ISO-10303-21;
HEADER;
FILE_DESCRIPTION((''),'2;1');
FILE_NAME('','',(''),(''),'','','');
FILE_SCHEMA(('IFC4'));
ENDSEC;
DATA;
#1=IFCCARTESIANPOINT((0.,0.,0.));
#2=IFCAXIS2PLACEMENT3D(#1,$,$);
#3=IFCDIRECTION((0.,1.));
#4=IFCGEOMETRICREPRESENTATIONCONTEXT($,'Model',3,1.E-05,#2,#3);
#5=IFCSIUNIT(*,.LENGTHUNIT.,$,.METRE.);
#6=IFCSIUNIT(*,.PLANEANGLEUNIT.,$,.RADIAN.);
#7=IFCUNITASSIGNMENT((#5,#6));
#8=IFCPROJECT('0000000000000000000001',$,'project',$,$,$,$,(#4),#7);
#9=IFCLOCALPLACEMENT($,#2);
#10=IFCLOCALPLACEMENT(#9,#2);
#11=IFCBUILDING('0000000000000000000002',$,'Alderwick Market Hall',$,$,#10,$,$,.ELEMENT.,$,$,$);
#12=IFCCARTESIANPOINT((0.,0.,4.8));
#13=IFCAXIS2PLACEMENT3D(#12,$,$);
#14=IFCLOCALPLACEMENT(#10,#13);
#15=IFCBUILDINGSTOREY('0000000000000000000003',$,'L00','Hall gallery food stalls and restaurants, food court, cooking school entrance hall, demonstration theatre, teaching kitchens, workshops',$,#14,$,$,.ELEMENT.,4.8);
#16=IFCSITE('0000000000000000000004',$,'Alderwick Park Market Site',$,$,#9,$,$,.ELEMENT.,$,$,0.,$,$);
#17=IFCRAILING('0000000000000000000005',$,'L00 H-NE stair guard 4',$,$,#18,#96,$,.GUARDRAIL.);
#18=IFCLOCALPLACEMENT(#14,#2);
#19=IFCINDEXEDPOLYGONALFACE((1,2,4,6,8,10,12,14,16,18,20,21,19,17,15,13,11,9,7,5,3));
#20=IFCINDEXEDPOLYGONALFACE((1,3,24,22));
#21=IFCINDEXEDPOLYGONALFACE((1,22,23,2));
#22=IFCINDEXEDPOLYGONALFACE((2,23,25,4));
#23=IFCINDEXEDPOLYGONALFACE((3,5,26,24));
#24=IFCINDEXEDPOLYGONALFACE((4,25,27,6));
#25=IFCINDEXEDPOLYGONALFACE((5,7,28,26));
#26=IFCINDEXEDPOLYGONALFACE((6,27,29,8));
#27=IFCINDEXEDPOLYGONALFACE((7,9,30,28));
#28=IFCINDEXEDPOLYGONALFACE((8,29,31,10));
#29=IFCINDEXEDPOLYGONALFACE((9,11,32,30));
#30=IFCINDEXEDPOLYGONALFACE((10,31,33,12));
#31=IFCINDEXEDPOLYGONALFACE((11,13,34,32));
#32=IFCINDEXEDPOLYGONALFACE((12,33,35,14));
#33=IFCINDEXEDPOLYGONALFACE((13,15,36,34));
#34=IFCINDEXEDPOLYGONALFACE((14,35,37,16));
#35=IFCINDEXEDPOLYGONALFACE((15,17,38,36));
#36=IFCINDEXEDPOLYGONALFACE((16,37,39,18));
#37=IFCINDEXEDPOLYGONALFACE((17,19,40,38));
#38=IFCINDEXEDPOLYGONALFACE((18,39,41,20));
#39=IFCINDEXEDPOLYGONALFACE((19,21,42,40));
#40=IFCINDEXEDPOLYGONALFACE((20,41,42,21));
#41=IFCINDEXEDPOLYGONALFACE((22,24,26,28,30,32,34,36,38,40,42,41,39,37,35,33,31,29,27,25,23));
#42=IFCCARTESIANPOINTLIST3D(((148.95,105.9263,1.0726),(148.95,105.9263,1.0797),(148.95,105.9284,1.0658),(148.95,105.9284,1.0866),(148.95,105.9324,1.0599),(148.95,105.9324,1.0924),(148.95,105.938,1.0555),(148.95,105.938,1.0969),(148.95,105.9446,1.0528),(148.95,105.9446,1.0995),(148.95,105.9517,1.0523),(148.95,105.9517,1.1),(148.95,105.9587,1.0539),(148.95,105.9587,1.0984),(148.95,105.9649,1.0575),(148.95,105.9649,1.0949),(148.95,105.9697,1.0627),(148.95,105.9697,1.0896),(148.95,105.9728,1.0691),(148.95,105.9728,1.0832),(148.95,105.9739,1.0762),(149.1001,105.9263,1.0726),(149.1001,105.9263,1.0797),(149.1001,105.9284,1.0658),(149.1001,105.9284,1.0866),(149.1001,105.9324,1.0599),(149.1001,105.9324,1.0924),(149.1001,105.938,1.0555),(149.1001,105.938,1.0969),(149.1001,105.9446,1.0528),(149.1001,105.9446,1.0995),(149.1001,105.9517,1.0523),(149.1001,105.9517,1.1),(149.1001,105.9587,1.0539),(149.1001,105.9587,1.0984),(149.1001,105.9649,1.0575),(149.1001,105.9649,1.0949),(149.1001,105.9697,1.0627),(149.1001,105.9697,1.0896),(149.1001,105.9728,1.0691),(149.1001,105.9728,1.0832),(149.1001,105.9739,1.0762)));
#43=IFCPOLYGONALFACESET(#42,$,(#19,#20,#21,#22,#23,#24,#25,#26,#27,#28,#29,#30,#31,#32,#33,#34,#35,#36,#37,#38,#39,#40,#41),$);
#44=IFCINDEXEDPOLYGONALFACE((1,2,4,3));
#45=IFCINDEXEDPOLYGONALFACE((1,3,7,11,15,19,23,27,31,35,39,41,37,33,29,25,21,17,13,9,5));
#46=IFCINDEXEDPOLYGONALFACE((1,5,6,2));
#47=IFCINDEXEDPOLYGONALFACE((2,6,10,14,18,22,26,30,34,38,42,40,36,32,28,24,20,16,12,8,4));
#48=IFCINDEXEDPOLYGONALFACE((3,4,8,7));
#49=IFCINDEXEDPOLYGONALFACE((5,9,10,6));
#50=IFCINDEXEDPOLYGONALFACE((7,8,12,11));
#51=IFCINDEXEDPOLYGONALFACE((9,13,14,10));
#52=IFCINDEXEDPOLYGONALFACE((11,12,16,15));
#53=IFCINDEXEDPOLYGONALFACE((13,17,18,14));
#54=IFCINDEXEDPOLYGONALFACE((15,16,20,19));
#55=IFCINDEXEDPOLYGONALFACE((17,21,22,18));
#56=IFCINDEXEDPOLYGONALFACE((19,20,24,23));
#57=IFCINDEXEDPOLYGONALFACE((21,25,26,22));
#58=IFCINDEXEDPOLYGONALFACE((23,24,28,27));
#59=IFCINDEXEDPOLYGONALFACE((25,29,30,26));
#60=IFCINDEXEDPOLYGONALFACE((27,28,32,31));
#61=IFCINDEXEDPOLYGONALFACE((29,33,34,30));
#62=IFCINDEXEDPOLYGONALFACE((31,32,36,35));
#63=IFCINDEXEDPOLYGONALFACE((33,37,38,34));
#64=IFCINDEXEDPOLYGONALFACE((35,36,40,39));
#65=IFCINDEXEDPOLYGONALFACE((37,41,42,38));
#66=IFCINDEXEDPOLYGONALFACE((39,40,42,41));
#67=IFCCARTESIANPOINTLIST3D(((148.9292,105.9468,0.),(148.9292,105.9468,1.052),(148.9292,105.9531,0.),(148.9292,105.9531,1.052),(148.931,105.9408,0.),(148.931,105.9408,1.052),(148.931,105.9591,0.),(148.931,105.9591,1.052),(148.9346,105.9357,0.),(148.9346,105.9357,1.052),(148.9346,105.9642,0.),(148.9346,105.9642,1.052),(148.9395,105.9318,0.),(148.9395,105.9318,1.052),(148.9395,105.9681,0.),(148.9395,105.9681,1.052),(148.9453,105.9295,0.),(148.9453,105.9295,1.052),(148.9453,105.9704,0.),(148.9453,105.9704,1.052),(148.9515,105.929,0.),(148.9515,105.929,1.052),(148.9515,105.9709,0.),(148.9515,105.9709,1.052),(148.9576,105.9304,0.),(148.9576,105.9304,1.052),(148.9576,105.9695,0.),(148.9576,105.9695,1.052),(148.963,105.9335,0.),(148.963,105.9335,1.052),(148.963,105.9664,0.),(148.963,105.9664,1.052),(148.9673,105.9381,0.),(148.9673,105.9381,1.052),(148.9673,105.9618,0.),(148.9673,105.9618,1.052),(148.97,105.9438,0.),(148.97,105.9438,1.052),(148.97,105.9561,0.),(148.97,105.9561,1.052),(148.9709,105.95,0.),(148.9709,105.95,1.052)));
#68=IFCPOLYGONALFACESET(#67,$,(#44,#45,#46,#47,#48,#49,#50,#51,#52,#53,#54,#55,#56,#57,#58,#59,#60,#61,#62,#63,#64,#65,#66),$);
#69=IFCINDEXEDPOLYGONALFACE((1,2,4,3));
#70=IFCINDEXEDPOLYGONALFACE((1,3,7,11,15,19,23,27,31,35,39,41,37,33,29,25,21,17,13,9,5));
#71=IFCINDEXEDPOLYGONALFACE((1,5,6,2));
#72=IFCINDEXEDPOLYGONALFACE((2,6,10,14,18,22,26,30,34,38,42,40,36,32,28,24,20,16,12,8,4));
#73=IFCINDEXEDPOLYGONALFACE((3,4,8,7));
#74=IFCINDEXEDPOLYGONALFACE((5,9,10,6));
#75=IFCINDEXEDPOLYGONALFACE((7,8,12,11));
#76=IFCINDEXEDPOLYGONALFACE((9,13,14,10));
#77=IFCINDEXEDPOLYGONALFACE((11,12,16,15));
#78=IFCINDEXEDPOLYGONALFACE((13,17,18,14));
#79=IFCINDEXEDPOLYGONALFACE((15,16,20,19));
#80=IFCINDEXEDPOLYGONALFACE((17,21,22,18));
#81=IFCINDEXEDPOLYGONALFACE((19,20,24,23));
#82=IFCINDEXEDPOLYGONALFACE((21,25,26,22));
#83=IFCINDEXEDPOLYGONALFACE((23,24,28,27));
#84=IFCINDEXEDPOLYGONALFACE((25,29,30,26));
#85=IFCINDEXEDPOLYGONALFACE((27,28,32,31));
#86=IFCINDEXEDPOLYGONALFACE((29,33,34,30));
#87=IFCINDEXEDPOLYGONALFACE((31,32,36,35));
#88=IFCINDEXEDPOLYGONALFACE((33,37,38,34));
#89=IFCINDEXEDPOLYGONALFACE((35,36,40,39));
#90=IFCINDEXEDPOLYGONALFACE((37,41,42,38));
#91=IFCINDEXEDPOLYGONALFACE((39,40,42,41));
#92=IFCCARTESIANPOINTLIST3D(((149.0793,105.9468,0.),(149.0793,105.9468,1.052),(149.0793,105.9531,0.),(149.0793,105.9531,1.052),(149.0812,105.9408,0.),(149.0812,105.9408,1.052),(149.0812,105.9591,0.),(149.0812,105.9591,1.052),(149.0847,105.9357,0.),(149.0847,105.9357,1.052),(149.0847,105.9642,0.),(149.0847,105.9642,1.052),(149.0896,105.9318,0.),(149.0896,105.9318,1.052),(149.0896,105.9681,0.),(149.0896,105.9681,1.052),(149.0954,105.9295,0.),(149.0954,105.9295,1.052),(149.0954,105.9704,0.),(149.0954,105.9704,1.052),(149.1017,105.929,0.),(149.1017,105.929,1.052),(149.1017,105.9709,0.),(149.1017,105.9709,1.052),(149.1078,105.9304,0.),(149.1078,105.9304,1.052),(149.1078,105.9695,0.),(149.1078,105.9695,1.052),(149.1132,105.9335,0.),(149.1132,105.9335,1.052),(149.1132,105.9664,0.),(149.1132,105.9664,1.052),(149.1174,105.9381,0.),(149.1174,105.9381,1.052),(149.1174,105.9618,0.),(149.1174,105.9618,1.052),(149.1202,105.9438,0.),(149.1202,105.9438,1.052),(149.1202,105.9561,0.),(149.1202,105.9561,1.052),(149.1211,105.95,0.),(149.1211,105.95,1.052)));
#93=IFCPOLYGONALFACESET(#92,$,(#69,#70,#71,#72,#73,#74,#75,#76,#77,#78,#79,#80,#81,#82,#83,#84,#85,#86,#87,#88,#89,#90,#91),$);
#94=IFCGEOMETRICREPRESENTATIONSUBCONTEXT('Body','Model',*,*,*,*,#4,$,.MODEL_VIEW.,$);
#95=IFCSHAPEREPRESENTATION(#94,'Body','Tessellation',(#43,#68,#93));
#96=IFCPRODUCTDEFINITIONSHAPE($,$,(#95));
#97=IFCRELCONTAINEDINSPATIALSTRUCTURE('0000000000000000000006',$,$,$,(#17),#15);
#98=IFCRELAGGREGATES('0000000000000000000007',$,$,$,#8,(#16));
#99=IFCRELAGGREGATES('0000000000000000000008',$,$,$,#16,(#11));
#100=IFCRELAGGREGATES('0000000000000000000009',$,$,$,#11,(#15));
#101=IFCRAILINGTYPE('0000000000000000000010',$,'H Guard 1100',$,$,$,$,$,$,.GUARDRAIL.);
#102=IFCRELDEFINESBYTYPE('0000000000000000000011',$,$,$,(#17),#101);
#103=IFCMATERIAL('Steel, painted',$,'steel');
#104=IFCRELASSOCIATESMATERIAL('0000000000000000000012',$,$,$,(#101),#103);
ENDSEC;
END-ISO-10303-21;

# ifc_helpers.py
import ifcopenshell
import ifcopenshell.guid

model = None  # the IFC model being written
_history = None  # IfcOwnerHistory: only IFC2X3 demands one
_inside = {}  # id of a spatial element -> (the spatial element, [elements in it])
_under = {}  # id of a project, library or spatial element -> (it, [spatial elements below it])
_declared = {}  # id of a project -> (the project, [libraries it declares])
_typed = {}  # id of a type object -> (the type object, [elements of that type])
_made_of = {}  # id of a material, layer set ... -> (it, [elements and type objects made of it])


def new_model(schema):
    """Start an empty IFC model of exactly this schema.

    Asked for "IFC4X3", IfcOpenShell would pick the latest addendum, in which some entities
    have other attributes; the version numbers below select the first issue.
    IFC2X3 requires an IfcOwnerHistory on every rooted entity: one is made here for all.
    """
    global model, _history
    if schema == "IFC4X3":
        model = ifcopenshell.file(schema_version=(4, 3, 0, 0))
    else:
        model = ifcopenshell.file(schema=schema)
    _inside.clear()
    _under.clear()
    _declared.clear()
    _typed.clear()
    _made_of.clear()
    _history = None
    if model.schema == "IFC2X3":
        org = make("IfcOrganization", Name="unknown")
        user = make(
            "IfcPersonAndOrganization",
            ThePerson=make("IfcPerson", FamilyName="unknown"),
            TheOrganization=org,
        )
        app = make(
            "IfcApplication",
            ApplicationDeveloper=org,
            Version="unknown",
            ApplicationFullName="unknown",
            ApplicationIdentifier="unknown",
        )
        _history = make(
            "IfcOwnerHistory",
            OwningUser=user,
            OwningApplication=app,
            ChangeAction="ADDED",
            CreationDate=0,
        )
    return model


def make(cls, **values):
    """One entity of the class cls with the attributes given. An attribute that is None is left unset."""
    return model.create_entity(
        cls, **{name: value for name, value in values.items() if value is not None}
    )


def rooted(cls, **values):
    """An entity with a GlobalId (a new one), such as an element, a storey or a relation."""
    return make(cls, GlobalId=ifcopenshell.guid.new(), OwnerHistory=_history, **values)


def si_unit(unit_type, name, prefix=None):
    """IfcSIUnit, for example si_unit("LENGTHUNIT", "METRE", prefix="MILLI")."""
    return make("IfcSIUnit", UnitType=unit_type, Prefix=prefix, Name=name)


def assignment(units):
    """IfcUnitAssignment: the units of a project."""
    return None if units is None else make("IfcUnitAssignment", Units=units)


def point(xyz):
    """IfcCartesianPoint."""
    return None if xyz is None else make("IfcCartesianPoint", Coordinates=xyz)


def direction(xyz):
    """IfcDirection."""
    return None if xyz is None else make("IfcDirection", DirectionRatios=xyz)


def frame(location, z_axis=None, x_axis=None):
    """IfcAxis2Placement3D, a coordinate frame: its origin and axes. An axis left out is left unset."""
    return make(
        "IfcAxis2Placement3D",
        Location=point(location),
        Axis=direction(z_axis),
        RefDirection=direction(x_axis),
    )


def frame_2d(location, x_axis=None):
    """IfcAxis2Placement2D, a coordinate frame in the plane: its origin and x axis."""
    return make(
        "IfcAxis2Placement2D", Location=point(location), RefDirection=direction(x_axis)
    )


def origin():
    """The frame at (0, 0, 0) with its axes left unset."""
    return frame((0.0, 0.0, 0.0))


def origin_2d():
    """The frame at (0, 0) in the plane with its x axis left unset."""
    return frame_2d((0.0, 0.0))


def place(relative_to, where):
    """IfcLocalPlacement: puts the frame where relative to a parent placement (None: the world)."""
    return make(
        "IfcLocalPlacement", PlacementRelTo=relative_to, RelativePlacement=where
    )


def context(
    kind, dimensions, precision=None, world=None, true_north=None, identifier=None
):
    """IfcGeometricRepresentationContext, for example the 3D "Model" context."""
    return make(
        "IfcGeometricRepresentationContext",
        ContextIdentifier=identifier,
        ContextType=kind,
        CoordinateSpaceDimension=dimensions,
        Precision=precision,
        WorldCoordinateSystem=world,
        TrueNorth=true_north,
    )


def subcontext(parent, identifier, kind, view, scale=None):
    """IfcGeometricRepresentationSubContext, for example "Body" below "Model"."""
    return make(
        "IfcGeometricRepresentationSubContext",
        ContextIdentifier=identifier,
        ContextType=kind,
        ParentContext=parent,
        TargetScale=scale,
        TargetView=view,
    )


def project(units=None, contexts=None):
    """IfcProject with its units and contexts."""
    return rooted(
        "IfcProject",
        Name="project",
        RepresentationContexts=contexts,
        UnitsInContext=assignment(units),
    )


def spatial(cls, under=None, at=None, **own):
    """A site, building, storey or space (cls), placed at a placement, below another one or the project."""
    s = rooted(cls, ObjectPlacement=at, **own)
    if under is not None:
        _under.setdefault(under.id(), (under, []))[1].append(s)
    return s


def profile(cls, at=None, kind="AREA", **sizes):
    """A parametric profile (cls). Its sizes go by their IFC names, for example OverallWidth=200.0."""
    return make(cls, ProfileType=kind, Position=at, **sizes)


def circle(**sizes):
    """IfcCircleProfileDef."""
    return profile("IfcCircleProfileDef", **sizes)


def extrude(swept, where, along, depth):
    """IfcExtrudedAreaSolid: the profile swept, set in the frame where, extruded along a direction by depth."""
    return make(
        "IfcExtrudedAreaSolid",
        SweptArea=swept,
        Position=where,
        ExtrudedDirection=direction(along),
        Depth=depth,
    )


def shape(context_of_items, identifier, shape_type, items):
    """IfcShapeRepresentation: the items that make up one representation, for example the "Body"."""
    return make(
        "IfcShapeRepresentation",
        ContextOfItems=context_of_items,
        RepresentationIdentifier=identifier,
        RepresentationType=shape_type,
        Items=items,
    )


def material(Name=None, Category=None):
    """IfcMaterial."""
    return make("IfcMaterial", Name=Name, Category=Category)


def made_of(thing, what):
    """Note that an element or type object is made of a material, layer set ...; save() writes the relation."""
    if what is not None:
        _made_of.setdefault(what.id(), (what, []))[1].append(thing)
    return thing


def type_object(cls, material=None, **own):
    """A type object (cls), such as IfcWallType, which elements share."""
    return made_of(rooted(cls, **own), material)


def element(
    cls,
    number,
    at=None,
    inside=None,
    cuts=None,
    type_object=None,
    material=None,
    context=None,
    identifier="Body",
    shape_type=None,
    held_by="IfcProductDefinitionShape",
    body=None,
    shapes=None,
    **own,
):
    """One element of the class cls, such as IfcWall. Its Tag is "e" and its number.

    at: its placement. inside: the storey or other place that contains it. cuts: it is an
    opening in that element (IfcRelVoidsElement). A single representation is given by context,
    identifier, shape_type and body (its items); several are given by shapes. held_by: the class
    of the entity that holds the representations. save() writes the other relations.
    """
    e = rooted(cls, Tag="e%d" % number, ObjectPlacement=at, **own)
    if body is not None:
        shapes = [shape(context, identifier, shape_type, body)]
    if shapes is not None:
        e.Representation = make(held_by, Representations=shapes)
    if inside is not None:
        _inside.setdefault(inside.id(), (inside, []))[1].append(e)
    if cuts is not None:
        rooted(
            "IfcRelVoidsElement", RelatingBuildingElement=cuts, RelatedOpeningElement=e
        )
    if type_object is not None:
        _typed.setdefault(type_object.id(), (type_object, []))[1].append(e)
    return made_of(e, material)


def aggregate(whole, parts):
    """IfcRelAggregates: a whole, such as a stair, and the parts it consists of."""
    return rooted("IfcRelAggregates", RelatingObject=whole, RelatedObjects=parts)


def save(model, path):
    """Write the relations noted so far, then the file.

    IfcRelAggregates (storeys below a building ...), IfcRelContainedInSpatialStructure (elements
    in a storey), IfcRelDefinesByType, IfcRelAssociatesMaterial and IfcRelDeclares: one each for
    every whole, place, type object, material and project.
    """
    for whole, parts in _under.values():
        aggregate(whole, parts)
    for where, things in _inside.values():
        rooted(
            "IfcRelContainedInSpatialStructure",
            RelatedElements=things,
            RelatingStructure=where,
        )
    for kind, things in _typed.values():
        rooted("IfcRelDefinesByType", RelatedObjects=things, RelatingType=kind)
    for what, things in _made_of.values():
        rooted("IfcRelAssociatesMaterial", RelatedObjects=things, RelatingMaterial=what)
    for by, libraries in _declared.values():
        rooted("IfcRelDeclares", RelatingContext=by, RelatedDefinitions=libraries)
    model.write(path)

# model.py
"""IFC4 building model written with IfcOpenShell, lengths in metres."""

from ifc_helpers import new_model, si_unit, direction, frame, origin, origin_2d, place, context, subcontext, project, spatial, circle, extrude, material, type_object, element, save


model = new_model("IFC4")

# Units and contexts
model_context = context("Model", 3, precision=1e-05, world=origin(), true_north=direction((0.0, 1.0)))
body_context = subcontext(model_context, "Body", "Model", "MODEL_VIEW")
ifc_project = project(units=[si_unit("LENGTHUNIT", "METRE"), si_unit("PLANEANGLEUNIT", "RADIAN")], contexts=[model_context])

# Site, building, storey
site_placement = place(None, origin())
site = spatial("IfcSite", under=ifc_project, at=site_placement, Name="Alderwick Park Market Site", CompositionType="ELEMENT", RefElevation=0.0)
building_placement = place(site_placement, origin())
building = spatial("IfcBuilding", under=site, at=building_placement, Name="Alderwick Market Hall", CompositionType="ELEMENT")
storey_placement = place(building_placement, frame((0.0, 0.0, 4.8)))
storey = spatial("IfcBuildingStorey", under=building, at=storey_placement, Name="L00", Description="Hall gallery food stalls and restaurants, food court, cooking school entrance hall, demonstration theatre, teaching kitchens, workshops", CompositionType="ELEMENT", Elevation=4.8)

# Railing
ifc_material_1 = material(Name="Steel, painted", Category="steel")
railing_type_1 = type_object("IfcRailingType", Name="H Guard 1100", PredefinedType="GUARDRAIL", material=ifc_material_1)
railing_1_placement = place(storey_placement, frame((148.95, 105.95, 0.0)))
element("IfcRailing", 1, at=railing_1_placement, inside=storey, type_object=railing_type_1, Name="L00 H-NE stair guard 4", PredefinedType="GUARDRAIL", context=body_context, shape_type="SweptSolid", body=[
    extrude(circle(Radius=0.0239, at=origin_2d()), frame((0.0, 0.0, 1.0762), z_axis=(1.0, 0.0, 0.0), x_axis=(0.0, 1.0, 0.0)), (0.0, 0.0, 1.0), 0.1501),
    extrude(circle(Radius=0.021, at=origin_2d()), origin(), (0.0, 0.0, 1.0), 1.052),
    extrude(circle(Radius=0.021, at=origin_2d()), frame((0.1501, 0.0, 0.0)), (0.0, 0.0, 1.0), 1.052),
])

save(model, "model.ifc")
